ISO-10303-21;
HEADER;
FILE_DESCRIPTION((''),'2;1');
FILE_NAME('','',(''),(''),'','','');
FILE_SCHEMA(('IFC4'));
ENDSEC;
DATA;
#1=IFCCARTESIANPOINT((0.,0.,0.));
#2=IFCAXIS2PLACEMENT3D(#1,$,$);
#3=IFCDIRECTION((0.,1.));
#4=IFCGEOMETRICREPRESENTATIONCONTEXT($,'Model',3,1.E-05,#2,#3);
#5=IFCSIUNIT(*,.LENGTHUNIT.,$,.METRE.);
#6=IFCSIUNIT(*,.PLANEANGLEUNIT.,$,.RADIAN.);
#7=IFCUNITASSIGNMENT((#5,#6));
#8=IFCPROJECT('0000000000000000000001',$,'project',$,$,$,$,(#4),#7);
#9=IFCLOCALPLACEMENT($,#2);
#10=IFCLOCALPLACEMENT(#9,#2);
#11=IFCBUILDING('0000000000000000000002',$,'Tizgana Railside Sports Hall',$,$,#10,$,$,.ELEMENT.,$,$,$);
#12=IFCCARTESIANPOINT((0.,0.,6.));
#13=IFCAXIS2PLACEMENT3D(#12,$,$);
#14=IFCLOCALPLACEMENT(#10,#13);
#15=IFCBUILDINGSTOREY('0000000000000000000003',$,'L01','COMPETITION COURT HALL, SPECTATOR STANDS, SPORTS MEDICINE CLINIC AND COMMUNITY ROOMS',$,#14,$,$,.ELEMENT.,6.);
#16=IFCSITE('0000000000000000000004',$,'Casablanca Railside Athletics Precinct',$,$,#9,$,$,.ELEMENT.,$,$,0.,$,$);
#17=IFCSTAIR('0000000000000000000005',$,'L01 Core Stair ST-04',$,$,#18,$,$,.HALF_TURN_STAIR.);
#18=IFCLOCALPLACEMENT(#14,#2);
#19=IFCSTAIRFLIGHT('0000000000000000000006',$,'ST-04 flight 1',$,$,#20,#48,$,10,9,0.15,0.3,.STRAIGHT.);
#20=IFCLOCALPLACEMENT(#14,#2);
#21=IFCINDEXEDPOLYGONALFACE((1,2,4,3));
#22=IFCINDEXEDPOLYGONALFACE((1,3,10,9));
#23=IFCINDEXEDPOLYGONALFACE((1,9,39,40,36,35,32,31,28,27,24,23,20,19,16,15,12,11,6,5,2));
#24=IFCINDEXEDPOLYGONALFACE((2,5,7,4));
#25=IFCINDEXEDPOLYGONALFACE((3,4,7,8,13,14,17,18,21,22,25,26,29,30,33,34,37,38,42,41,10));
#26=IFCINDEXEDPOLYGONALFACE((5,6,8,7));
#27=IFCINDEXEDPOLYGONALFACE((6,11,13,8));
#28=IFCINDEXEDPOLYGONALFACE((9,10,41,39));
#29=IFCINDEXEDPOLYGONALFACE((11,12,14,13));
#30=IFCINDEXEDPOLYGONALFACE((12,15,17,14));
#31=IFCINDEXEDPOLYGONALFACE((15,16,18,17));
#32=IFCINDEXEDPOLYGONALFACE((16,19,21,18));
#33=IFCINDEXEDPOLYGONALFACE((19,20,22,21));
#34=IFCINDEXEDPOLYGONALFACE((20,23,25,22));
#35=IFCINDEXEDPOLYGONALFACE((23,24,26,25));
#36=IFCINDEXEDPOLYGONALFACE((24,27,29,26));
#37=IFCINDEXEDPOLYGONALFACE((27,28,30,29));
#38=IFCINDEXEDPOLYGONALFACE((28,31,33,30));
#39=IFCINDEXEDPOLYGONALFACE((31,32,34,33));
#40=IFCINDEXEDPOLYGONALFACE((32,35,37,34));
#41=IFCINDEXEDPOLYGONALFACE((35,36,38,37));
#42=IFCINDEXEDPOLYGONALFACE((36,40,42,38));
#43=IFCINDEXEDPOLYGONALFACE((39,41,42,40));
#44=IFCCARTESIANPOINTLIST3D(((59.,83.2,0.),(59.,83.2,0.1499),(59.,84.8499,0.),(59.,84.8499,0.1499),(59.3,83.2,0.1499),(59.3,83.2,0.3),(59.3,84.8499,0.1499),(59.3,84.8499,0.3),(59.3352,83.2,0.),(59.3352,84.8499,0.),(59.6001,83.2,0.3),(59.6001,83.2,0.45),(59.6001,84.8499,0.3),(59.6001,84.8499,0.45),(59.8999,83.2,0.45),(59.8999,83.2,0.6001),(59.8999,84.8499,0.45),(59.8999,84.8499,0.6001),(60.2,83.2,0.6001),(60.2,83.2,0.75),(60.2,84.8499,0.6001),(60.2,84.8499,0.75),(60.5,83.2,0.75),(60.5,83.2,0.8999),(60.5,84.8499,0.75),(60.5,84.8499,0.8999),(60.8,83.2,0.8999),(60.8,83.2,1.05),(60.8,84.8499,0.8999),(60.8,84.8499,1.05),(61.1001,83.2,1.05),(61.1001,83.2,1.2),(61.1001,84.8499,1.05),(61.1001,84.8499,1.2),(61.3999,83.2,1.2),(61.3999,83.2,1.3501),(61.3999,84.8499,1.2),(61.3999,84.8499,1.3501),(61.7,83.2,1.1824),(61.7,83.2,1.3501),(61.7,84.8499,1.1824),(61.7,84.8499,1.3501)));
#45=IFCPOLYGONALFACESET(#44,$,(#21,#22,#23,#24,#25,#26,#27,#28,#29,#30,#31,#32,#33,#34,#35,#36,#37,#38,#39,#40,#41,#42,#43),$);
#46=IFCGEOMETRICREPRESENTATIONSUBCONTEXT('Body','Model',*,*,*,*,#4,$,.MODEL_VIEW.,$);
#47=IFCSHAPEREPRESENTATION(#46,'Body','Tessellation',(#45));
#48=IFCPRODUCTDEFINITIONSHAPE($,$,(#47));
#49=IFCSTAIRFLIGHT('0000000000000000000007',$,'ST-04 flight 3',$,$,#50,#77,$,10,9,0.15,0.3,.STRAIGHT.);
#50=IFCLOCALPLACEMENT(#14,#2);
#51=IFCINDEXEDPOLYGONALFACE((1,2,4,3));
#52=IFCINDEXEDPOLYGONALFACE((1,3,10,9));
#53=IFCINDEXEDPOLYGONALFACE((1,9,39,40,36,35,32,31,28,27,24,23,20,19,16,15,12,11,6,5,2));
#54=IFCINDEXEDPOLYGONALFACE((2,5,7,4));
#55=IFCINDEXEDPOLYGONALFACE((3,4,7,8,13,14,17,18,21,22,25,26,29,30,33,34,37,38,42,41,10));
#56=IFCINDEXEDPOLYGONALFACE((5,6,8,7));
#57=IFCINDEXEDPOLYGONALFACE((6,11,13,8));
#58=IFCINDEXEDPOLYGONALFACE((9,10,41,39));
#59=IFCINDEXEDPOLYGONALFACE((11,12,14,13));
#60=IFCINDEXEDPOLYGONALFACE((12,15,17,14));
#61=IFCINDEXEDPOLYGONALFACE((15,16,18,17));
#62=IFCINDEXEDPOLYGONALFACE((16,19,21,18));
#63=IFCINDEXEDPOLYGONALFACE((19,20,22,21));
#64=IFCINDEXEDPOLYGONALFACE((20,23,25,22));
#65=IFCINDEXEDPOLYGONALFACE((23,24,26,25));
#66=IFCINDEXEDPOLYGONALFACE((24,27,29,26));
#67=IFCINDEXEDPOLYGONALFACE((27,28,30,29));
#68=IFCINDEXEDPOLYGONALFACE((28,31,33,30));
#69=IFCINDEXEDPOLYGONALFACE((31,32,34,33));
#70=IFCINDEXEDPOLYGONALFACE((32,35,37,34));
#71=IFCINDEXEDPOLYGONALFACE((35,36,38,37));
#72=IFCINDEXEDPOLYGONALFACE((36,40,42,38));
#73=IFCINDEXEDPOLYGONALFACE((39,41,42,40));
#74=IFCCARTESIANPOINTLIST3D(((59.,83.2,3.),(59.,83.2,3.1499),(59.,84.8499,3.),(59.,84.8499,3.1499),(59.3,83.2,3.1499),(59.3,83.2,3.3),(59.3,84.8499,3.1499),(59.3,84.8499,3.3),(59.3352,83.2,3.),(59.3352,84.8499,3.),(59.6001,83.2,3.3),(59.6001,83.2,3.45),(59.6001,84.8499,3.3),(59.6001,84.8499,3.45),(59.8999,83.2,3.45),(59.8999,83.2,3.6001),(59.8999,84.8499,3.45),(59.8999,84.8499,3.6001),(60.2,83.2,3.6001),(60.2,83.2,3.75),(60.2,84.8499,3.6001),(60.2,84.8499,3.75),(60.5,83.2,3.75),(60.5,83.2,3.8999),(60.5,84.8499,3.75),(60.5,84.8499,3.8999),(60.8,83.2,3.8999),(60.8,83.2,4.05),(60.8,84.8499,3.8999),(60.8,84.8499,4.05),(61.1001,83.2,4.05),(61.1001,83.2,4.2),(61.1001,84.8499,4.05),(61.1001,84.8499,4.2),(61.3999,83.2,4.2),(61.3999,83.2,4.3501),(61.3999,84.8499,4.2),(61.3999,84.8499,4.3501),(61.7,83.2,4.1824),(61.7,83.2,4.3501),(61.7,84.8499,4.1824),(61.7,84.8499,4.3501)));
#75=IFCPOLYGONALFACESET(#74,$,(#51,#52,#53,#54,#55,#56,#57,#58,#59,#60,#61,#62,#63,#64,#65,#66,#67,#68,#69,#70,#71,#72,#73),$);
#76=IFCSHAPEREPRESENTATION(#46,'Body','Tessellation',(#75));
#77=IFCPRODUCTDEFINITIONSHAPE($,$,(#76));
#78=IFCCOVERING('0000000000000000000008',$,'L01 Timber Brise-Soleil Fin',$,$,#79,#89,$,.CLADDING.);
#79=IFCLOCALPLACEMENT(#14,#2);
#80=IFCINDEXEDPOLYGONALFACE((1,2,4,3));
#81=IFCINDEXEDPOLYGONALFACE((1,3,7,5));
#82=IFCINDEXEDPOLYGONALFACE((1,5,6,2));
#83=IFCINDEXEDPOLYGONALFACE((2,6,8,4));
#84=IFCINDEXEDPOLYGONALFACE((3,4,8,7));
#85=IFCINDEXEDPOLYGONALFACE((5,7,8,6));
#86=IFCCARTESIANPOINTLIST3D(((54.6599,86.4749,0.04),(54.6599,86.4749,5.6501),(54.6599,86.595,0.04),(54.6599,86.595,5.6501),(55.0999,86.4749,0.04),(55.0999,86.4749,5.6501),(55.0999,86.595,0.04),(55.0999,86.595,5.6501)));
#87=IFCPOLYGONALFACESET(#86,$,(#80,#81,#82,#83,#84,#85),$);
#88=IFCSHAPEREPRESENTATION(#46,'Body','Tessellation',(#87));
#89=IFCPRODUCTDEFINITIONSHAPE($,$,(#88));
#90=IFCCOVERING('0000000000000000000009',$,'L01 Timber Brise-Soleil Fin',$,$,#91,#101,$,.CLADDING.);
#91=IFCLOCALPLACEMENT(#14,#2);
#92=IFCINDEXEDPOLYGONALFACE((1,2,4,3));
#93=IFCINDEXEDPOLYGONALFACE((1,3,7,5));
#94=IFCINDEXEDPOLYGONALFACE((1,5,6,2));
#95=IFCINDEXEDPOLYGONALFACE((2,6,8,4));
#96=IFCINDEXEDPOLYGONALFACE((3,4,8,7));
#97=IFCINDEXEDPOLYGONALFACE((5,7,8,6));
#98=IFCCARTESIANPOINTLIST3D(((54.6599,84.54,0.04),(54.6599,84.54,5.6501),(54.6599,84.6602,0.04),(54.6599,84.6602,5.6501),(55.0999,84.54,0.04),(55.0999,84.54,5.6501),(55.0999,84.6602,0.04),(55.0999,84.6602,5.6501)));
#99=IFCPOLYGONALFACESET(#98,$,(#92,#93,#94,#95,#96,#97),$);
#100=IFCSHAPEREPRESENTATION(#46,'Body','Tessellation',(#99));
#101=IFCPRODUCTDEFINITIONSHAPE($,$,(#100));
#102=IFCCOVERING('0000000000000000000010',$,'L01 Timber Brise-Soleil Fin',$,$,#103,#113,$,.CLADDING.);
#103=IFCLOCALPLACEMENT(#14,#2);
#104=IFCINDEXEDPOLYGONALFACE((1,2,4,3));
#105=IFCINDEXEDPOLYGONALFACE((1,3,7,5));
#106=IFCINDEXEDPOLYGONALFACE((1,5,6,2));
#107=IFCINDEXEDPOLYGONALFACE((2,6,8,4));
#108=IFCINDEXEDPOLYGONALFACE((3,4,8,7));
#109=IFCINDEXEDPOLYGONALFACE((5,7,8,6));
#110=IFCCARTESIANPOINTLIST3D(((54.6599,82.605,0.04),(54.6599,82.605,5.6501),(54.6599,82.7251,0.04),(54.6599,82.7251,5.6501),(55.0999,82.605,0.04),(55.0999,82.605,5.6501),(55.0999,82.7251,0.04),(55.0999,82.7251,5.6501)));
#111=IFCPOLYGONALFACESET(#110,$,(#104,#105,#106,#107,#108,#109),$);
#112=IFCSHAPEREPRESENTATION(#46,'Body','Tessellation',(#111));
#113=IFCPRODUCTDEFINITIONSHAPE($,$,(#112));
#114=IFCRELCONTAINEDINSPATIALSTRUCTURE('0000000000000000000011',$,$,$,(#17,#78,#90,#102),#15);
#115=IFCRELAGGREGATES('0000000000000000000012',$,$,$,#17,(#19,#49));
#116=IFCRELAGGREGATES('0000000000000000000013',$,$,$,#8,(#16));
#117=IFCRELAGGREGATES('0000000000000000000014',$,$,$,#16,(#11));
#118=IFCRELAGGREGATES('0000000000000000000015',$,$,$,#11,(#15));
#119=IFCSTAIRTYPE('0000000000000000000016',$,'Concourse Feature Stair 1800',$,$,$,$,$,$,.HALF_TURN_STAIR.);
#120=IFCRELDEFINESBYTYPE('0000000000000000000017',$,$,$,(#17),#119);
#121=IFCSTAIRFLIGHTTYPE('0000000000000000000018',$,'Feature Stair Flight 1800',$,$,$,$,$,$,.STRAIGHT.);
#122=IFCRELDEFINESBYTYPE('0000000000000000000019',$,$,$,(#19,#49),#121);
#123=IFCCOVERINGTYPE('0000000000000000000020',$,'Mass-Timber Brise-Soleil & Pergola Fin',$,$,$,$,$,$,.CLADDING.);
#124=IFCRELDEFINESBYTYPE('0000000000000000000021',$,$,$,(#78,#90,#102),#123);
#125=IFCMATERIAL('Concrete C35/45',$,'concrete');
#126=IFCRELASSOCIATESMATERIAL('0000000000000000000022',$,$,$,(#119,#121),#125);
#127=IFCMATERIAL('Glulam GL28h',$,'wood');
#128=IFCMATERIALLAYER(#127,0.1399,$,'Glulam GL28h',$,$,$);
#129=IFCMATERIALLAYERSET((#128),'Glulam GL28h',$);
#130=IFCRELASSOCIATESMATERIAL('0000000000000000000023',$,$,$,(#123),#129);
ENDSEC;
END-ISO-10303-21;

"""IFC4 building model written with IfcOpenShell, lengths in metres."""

from ifc_helpers import new_model, si_unit, direction, frame, origin, origin_2d, place, context, subcontext, project, spatial, polyline, rectangle, outline, extrude, material, layer, layer_set, type_object, element, aggregate, save


model = new_model("IFC4")

# Units and contexts
model_context = context("Model", 3, precision=1e-05, world=origin(), true_north=direction((0.0, 1.0)))
body_context = subcontext(model_context, "Body", "Model", "MODEL_VIEW")
ifc_project = project(units=[si_unit("LENGTHUNIT", "METRE"), si_unit("PLANEANGLEUNIT", "RADIAN")], contexts=[model_context])

# Site, building, storey
site_placement = place(None, origin())
site = spatial("IfcSite", under=ifc_project, at=site_placement, Name="Casablanca Railside Athletics Precinct", CompositionType="ELEMENT", RefElevation=0.0)
building_placement = place(site_placement, origin())
building = spatial("IfcBuilding", under=site, at=building_placement, Name="Tizgana Railside Sports Hall", CompositionType="ELEMENT")
storey_placement = place(building_placement, frame((0.0, 0.0, 6.0)))
storey = spatial("IfcBuildingStorey", under=building, at=storey_placement, Name="L01", Description="COMPETITION COURT HALL, SPECTATOR STANDS, SPORTS MEDICINE CLINIC AND COMMUNITY ROOMS", CompositionType="ELEMENT", Elevation=6.0)

# Shared definitions
ifc_material_1 = material(Name="Concrete C35/45", Category="concrete")

# Stair, stair flights
stair_type = type_object("IfcStairType", Name="Concourse Feature Stair 1800", PredefinedType="HALF_TURN_STAIR", material=ifc_material_1)
stair_placement = place(storey_placement, origin())
stair = element("IfcStair", 1, at=stair_placement, inside=storey, type_object=stair_type, Name="L01 Core Stair ST-04", PredefinedType="HALF_TURN_STAIR")
stair_flight_type = type_object("IfcStairFlightType", Name="Feature Stair Flight 1800", PredefinedType="STRAIGHT", material=ifc_material_1)
stair_flight_1_placement = place(storey_placement, frame((59.0, 84.0249, 0.0), z_axis=(0.0, 0.0, 1.0), x_axis=(1.0, 0.0, 0.0)))
stair_flight_1 = element("IfcStairFlight", 2, at=stair_flight_1_placement, type_object=stair_flight_type, Name="ST-04 flight 1", NumberOfRisers=10, NumberOfTreads=9, PredefinedType="STRAIGHT", RiserHeight=0.15, TreadLength=0.3, context=body_context, shape_type="SweptSolid", body=[
    extrude(outline(polyline([(0.0, 0.0), (0.0, 0.1499), (0.3, 0.1499), (0.3, 0.3), (0.6001, 0.3), (0.6001, 0.45), (0.8999, 0.45), (0.8999, 0.6001), (1.2, 0.6001), (1.2, 0.75), (1.5, 0.75), (1.5, 0.8999), (1.8, 0.8999), (1.8, 1.05), (2.1001, 1.05), (2.1001, 1.2), (2.3999, 1.2), (2.3999, 1.3501), (2.7, 1.3501), (2.7, 1.5), (2.7, 1.1824), (0.3352, 0.0), (0.0, 0.0)])), frame((0.0, 0.825, 0.0), z_axis=(0.0, -1.0, 0.0), x_axis=(1.0, 0.0, 0.0)), (0.0, 0.0, 1.0), 1.6499),
])
stair_flight_2_placement = place(storey_placement, frame((59.0, 84.0249, 3.0), z_axis=(0.0, 0.0, 1.0), x_axis=(1.0, 0.0, 0.0)))
stair_flight_2 = element("IfcStairFlight", 3, at=stair_flight_2_placement, type_object=stair_flight_type, Name="ST-04 flight 3", NumberOfRisers=10, NumberOfTreads=9, PredefinedType="STRAIGHT", RiserHeight=0.15, TreadLength=0.3, context=body_context, shape_type="SweptSolid", body=[
    extrude(outline(polyline([(0.0, 0.0), (0.0, 0.1499), (0.3, 0.1499), (0.3, 0.3), (0.6001, 0.3), (0.6001, 0.45), (0.8999, 0.45), (0.8999, 0.6001), (1.2, 0.6001), (1.2, 0.75), (1.5, 0.75), (1.5, 0.8999), (1.8, 0.8999), (1.8, 1.05), (2.1001, 1.05), (2.1001, 1.2), (2.3999, 1.2), (2.3999, 1.3501), (2.7, 1.3501), (2.7, 1.5), (2.7, 1.1824), (0.3352, 0.0), (0.0, 0.0)])), frame((0.0, 0.825, 0.0), z_axis=(0.0, -1.0, 0.0), x_axis=(1.0, 0.0, 0.0)), (0.0, 0.0, 1.0), 1.6499),
])
aggregate(stair, [stair_flight_1, stair_flight_2])

# Coverings
ifc_material_2 = material(Name="Glulam GL28h", Category="wood")
ifc_layer_1 = layer(ifc_material_2, 0.1399, Name="Glulam GL28h")
ifc_layer_set_1 = layer_set([ifc_layer_1], Name="Glulam GL28h")
covering_type = type_object("IfcCoveringType", Name="Mass-Timber Brise-Soleil & Pergola Fin", PredefinedType="CLADDING", material=ifc_layer_set_1)
for number, where, z_axis, x_axis, name in (
    (4, (54.8799, 86.5349, 0.04), (0.0, 0.0, 1.0), (0.0, -1.0, 0.0), "L01 Timber Brise-Soleil Fin"),
    (5, (54.8799, 84.6001, 0.04), (0.0, 0.0, 1.0), (0.0, -1.0, 0.0), "L01 Timber Brise-Soleil Fin"),
    (6, (54.8799, 82.665, 0.04), (0.0, 0.0, 1.0), (0.0, -1.0, 0.0), "L01 Timber Brise-Soleil Fin"),
):
    element("IfcCovering", number, at=place(storey_placement, frame(where, z_axis=z_axis, x_axis=x_axis)), inside=storey, type_object=covering_type, Name=name, PredefinedType="CLADDING", context=body_context, shape_type="SweptSolid", body=[
        extrude(rectangle(XDim=0.1201, YDim=0.4399, at=origin_2d()), origin(), (0.0, 0.0, 1.0), 5.6101),
    ])

save(model, "model.ifc")
